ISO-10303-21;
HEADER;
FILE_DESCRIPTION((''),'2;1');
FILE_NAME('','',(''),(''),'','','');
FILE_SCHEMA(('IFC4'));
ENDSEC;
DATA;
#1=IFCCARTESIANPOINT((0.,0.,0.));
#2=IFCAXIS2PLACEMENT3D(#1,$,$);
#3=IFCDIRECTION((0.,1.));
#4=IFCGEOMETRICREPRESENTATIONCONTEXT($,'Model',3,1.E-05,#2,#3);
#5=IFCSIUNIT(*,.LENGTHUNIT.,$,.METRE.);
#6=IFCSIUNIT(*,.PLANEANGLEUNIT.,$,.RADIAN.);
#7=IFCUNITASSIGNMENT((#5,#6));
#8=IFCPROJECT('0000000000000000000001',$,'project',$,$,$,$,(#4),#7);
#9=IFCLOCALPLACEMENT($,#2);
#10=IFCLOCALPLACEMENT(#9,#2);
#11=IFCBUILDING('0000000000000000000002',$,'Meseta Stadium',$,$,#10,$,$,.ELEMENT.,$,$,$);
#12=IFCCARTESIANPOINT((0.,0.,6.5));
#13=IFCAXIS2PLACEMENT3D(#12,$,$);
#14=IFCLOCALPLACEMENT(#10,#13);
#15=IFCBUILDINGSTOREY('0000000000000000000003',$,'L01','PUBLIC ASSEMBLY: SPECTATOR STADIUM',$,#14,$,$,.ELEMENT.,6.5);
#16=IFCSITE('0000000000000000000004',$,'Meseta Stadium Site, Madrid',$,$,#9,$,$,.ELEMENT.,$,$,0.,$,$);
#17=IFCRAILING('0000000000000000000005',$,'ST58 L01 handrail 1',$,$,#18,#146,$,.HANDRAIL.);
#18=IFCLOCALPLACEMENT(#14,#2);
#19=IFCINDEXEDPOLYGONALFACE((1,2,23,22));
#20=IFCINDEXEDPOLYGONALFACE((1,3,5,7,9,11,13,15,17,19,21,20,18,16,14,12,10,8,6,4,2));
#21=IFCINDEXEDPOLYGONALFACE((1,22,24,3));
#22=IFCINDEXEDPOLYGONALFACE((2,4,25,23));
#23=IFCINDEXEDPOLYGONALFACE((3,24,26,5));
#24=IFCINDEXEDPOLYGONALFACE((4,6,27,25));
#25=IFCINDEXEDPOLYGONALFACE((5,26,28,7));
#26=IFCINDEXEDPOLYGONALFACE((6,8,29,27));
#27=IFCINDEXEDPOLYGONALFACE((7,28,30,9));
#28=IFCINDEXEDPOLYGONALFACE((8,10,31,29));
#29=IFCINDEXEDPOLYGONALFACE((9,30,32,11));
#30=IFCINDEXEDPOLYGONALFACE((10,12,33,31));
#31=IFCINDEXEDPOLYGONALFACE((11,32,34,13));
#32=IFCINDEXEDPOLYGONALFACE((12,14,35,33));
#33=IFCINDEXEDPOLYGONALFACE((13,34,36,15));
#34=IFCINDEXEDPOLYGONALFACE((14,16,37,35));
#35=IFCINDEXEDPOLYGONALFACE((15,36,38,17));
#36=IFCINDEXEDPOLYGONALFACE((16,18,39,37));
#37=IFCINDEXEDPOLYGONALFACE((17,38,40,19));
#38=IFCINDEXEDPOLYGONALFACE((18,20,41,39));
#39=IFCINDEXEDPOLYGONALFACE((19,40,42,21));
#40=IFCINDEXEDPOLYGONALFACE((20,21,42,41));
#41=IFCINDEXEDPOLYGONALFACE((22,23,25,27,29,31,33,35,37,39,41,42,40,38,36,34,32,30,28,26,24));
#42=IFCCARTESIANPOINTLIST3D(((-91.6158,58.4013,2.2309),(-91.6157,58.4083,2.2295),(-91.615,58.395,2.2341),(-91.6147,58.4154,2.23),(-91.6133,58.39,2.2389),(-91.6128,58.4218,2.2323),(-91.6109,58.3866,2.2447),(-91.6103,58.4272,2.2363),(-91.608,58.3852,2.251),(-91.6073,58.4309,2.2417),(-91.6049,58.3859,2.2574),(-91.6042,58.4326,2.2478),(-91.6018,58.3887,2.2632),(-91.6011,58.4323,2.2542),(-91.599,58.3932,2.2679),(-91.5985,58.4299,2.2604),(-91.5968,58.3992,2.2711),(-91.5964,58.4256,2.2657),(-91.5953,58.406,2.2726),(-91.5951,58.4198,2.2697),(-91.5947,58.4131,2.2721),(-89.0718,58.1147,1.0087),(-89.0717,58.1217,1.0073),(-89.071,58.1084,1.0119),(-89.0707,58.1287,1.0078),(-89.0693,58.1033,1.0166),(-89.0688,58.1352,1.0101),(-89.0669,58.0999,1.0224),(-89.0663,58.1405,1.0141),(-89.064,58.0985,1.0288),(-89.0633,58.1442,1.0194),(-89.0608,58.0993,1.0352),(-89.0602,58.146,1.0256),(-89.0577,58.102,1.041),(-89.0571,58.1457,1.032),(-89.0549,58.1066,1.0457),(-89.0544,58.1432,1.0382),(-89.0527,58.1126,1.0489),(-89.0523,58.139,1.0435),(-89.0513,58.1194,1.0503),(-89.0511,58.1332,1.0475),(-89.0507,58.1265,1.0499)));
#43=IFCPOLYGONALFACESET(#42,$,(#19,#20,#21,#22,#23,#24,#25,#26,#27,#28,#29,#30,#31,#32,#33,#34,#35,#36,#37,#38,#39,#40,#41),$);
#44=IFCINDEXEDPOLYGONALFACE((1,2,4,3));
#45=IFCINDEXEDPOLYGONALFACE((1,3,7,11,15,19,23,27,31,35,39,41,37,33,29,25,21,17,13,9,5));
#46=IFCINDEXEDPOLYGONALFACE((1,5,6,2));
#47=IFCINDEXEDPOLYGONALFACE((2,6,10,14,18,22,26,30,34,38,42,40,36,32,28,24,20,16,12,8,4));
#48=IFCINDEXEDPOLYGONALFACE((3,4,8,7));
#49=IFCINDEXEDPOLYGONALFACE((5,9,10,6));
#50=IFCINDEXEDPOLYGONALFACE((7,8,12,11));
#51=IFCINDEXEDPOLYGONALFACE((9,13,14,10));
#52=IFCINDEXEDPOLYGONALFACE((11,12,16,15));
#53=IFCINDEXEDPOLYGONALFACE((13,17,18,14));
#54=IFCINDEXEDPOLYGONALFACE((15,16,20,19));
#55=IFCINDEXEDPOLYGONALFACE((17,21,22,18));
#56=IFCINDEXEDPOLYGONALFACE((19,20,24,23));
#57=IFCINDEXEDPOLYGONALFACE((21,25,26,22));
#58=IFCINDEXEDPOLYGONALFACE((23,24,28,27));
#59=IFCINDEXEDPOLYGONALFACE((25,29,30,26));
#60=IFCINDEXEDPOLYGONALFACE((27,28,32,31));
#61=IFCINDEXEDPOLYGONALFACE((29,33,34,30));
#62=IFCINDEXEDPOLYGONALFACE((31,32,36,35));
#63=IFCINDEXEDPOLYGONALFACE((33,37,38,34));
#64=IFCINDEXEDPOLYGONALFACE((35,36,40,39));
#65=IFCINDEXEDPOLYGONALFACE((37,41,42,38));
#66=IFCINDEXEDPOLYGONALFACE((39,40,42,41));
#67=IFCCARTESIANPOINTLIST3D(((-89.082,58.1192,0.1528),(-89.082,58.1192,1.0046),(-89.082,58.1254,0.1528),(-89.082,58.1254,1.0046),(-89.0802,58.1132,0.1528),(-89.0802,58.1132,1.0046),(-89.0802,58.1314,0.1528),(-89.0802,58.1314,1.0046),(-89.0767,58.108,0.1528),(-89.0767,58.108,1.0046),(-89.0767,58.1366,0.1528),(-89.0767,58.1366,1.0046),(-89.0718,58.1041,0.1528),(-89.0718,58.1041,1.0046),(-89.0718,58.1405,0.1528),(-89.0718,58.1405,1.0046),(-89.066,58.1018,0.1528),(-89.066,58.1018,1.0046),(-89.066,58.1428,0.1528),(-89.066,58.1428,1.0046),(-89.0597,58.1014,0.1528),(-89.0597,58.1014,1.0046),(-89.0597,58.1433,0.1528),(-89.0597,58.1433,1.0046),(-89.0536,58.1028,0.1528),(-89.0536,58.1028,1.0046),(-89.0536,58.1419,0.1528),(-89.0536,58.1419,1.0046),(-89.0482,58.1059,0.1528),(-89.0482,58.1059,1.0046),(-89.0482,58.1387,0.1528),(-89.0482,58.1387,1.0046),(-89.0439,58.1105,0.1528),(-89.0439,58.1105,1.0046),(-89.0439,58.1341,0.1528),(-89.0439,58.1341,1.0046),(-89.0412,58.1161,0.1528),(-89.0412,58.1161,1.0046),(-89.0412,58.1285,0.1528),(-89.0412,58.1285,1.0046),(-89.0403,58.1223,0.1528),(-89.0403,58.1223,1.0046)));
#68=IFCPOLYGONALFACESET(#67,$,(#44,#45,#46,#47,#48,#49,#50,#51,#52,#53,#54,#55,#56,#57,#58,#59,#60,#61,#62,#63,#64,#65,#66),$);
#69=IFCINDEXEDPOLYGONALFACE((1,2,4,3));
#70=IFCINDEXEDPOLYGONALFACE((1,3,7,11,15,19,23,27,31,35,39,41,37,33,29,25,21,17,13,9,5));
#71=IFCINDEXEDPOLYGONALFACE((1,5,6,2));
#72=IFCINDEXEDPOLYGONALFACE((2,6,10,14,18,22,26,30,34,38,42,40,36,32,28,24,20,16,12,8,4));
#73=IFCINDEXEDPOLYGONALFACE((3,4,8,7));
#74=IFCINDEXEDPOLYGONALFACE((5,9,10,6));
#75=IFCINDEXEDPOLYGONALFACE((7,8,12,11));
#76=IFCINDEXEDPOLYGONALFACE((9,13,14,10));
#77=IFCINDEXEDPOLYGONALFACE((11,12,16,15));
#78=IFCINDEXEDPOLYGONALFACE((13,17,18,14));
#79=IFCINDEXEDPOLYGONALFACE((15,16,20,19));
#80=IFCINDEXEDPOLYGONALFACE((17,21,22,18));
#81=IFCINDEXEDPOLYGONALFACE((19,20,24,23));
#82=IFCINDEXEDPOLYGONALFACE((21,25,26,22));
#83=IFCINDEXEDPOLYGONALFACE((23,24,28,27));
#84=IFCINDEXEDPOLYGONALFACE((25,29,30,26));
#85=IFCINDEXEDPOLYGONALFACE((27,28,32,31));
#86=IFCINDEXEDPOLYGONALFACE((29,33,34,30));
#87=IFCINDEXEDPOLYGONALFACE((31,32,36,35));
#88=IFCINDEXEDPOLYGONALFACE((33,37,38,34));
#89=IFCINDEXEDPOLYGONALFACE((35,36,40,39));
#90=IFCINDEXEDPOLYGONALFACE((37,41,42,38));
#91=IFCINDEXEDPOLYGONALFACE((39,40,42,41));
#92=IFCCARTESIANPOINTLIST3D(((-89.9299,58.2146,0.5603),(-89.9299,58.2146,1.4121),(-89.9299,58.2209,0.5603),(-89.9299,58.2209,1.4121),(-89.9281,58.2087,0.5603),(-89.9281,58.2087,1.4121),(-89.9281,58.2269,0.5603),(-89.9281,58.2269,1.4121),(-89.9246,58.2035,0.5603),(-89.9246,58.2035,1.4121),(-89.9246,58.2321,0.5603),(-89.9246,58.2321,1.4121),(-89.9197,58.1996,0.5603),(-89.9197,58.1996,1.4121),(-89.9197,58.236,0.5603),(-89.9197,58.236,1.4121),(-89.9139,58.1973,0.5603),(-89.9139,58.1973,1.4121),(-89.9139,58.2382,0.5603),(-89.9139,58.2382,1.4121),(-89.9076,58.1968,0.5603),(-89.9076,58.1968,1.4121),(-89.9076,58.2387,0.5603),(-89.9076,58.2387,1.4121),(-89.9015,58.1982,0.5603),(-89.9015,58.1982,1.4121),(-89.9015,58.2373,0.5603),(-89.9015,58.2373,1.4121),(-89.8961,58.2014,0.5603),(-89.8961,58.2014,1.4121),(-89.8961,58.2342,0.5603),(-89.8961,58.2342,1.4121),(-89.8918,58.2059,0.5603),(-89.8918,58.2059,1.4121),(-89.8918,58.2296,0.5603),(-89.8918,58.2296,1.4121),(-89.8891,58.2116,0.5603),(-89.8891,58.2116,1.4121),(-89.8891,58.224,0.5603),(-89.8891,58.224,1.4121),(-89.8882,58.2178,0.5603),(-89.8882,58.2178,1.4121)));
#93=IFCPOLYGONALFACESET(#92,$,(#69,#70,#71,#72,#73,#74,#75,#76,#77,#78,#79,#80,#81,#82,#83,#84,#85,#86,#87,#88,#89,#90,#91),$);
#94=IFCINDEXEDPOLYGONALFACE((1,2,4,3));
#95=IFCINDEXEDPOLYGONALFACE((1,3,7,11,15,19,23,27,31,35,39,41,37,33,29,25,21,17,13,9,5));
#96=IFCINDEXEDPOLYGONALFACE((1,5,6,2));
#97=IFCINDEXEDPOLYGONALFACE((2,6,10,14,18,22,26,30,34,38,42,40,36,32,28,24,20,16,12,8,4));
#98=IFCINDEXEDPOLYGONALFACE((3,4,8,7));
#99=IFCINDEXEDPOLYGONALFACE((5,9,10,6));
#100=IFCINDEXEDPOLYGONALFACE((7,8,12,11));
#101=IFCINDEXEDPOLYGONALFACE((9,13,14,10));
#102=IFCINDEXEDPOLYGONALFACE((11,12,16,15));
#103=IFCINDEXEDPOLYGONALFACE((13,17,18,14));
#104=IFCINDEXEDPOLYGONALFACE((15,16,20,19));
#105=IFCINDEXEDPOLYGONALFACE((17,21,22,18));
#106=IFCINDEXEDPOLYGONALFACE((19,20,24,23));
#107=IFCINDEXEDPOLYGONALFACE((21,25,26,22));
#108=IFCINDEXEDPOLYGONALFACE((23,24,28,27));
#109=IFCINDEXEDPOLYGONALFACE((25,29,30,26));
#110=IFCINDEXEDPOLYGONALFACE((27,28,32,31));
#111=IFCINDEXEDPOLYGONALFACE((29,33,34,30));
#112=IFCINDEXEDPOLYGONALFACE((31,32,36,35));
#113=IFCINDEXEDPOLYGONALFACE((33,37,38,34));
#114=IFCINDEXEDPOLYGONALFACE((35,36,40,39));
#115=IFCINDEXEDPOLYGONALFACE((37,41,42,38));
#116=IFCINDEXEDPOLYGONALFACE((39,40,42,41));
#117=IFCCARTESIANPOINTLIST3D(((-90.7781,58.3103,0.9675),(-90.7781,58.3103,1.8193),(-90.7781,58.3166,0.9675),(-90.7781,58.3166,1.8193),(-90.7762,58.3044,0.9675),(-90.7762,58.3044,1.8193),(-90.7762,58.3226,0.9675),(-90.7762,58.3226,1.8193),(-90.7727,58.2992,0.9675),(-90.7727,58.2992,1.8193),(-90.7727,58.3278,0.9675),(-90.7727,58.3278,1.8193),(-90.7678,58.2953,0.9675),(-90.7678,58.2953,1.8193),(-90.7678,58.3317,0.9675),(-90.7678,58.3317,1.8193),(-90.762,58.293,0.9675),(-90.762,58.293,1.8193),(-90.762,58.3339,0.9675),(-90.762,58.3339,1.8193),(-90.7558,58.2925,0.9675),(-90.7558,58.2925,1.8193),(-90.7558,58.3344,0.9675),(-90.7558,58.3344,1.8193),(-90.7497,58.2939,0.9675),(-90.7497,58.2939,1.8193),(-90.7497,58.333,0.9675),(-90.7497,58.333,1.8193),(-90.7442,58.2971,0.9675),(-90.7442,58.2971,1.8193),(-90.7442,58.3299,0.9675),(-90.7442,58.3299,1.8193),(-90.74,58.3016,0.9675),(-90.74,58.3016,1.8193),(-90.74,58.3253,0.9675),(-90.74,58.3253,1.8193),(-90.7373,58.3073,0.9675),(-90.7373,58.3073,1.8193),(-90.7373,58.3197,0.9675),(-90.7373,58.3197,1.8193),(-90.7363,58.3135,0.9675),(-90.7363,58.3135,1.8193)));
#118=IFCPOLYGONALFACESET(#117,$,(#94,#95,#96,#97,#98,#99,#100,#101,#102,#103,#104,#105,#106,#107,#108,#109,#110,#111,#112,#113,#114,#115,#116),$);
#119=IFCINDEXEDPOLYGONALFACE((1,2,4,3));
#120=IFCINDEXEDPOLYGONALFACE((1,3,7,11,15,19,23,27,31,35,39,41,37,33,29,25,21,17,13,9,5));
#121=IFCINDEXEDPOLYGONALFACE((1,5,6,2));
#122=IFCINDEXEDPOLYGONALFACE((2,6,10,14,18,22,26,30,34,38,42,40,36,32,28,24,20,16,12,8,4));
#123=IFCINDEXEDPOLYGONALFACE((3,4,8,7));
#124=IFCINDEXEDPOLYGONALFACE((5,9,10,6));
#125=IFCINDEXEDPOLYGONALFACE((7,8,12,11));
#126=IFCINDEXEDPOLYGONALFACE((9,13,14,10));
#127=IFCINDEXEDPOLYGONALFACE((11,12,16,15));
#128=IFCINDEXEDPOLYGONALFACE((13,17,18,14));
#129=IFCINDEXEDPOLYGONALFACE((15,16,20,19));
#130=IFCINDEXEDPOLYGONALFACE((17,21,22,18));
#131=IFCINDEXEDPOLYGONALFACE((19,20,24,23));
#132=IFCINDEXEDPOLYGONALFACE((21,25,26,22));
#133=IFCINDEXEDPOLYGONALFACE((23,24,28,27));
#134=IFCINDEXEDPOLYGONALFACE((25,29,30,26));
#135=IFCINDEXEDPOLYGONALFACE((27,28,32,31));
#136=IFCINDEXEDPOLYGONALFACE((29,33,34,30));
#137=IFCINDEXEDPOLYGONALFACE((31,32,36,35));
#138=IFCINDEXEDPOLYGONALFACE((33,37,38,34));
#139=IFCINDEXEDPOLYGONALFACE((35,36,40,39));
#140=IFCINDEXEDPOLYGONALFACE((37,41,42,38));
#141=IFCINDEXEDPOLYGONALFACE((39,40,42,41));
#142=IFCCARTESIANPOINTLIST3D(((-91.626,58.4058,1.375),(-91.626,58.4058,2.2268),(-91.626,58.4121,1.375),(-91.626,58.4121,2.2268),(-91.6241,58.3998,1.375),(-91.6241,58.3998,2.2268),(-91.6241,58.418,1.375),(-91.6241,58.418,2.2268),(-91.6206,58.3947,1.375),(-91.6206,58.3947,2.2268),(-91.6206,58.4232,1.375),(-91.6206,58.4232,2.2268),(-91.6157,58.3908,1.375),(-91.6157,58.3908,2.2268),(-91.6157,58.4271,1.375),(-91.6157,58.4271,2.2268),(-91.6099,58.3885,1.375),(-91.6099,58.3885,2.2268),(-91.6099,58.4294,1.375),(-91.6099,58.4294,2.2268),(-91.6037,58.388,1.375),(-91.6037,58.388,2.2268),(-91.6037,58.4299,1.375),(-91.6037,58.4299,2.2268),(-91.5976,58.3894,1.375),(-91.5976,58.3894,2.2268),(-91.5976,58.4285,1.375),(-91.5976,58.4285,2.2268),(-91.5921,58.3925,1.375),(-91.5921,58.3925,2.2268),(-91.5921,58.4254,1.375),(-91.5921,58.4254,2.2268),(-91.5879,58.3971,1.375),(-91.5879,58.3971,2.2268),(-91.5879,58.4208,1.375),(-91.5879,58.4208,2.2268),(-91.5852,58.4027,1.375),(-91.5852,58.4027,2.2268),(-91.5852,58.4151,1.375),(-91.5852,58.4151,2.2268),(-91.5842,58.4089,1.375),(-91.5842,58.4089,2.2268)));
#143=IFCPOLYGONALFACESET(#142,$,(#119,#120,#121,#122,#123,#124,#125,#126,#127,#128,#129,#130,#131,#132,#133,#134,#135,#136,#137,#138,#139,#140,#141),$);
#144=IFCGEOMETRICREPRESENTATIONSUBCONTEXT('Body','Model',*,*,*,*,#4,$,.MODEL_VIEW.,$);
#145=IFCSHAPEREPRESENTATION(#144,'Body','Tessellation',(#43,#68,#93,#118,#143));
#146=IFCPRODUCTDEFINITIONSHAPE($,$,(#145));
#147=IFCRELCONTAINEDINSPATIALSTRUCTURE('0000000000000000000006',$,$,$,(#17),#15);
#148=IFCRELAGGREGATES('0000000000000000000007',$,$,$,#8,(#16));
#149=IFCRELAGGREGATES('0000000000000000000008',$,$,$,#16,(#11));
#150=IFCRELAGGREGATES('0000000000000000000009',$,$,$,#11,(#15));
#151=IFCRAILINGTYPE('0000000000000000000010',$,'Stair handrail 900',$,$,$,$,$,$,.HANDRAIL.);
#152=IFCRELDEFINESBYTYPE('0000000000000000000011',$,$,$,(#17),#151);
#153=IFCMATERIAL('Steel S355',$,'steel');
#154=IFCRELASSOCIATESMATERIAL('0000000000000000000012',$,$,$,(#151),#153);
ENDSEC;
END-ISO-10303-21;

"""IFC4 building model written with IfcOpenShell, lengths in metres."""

from ifc_helpers import new_model, si_unit, direction, frame, origin, origin_2d, place, context, subcontext, project, spatial, circle, extrude, material, type_object, element, save


model = new_model("IFC4")

# Units and contexts
model_context = context("Model", 3, precision=1e-05, world=origin(), true_north=direction((0.0, 1.0)))
body_context = subcontext(model_context, "Body", "Model", "MODEL_VIEW")
ifc_project = project(units=[si_unit("LENGTHUNIT", "METRE"), si_unit("PLANEANGLEUNIT", "RADIAN")], contexts=[model_context])

# Site, building, storey
site_placement = place(None, origin())
site = spatial("IfcSite", under=ifc_project, at=site_placement, Name="Meseta Stadium Site, Madrid", CompositionType="ELEMENT", RefElevation=0.0)
building_placement = place(site_placement, origin())
building = spatial("IfcBuilding", under=site, at=building_placement, Name="Meseta Stadium", CompositionType="ELEMENT")
storey_placement = place(building_placement, frame((0.0, 0.0, 6.5)))
storey = spatial("IfcBuildingStorey", under=building, at=storey_placement, Name="L01", Description="PUBLIC ASSEMBLY: SPECTATOR STADIUM", CompositionType="ELEMENT", Elevation=6.5)

# Railing
ifc_material_1 = material(Name="Steel S355", Category="steel")
railing_type_1 = type_object("IfcRailingType", Name="Stair handrail 900", PredefinedType="HANDRAIL", material=ifc_material_1)
for number, where, name in (
    (1, (-89.0613, 58.1223, 0.1528), "ST58 L01 handrail 1"),
):
    element("IfcRailing", number, at=place(storey_placement, frame(where)), inside=storey, type_object=railing_type_1, Name=name, PredefinedType="HANDRAIL", context=body_context, shape_type="SweptSolid", body=[
        extrude(circle(Radius=0.0239, at=origin_2d()), frame((0.0, 0.0, 0.876), z_axis=(-0.896762, 0.101036, 0.430824), x_axis=(-0.11196, -0.993713, 0.0)), (0.0, 0.0, 1.0), 2.8369),
        extrude(circle(Radius=0.021, at=origin_2d()), origin(), (0.0, 0.0, 1.0), 0.8518),
        extrude(circle(Radius=0.021, at=origin_2d()), frame((-0.8479, 0.0955, 0.4075)), (0.0, 0.0, 1.0), 0.8518),
        extrude(circle(Radius=0.021, at=origin_2d()), frame((-1.696, 0.1912, 0.8147)), (0.0, 0.0, 1.0), 0.8518),
        extrude(circle(Radius=0.021, at=origin_2d()), frame((-2.5439, 0.2866, 1.2222)), (0.0, 0.0, 1.0), 0.8518),
    ])

save(model, "model.ifc")
